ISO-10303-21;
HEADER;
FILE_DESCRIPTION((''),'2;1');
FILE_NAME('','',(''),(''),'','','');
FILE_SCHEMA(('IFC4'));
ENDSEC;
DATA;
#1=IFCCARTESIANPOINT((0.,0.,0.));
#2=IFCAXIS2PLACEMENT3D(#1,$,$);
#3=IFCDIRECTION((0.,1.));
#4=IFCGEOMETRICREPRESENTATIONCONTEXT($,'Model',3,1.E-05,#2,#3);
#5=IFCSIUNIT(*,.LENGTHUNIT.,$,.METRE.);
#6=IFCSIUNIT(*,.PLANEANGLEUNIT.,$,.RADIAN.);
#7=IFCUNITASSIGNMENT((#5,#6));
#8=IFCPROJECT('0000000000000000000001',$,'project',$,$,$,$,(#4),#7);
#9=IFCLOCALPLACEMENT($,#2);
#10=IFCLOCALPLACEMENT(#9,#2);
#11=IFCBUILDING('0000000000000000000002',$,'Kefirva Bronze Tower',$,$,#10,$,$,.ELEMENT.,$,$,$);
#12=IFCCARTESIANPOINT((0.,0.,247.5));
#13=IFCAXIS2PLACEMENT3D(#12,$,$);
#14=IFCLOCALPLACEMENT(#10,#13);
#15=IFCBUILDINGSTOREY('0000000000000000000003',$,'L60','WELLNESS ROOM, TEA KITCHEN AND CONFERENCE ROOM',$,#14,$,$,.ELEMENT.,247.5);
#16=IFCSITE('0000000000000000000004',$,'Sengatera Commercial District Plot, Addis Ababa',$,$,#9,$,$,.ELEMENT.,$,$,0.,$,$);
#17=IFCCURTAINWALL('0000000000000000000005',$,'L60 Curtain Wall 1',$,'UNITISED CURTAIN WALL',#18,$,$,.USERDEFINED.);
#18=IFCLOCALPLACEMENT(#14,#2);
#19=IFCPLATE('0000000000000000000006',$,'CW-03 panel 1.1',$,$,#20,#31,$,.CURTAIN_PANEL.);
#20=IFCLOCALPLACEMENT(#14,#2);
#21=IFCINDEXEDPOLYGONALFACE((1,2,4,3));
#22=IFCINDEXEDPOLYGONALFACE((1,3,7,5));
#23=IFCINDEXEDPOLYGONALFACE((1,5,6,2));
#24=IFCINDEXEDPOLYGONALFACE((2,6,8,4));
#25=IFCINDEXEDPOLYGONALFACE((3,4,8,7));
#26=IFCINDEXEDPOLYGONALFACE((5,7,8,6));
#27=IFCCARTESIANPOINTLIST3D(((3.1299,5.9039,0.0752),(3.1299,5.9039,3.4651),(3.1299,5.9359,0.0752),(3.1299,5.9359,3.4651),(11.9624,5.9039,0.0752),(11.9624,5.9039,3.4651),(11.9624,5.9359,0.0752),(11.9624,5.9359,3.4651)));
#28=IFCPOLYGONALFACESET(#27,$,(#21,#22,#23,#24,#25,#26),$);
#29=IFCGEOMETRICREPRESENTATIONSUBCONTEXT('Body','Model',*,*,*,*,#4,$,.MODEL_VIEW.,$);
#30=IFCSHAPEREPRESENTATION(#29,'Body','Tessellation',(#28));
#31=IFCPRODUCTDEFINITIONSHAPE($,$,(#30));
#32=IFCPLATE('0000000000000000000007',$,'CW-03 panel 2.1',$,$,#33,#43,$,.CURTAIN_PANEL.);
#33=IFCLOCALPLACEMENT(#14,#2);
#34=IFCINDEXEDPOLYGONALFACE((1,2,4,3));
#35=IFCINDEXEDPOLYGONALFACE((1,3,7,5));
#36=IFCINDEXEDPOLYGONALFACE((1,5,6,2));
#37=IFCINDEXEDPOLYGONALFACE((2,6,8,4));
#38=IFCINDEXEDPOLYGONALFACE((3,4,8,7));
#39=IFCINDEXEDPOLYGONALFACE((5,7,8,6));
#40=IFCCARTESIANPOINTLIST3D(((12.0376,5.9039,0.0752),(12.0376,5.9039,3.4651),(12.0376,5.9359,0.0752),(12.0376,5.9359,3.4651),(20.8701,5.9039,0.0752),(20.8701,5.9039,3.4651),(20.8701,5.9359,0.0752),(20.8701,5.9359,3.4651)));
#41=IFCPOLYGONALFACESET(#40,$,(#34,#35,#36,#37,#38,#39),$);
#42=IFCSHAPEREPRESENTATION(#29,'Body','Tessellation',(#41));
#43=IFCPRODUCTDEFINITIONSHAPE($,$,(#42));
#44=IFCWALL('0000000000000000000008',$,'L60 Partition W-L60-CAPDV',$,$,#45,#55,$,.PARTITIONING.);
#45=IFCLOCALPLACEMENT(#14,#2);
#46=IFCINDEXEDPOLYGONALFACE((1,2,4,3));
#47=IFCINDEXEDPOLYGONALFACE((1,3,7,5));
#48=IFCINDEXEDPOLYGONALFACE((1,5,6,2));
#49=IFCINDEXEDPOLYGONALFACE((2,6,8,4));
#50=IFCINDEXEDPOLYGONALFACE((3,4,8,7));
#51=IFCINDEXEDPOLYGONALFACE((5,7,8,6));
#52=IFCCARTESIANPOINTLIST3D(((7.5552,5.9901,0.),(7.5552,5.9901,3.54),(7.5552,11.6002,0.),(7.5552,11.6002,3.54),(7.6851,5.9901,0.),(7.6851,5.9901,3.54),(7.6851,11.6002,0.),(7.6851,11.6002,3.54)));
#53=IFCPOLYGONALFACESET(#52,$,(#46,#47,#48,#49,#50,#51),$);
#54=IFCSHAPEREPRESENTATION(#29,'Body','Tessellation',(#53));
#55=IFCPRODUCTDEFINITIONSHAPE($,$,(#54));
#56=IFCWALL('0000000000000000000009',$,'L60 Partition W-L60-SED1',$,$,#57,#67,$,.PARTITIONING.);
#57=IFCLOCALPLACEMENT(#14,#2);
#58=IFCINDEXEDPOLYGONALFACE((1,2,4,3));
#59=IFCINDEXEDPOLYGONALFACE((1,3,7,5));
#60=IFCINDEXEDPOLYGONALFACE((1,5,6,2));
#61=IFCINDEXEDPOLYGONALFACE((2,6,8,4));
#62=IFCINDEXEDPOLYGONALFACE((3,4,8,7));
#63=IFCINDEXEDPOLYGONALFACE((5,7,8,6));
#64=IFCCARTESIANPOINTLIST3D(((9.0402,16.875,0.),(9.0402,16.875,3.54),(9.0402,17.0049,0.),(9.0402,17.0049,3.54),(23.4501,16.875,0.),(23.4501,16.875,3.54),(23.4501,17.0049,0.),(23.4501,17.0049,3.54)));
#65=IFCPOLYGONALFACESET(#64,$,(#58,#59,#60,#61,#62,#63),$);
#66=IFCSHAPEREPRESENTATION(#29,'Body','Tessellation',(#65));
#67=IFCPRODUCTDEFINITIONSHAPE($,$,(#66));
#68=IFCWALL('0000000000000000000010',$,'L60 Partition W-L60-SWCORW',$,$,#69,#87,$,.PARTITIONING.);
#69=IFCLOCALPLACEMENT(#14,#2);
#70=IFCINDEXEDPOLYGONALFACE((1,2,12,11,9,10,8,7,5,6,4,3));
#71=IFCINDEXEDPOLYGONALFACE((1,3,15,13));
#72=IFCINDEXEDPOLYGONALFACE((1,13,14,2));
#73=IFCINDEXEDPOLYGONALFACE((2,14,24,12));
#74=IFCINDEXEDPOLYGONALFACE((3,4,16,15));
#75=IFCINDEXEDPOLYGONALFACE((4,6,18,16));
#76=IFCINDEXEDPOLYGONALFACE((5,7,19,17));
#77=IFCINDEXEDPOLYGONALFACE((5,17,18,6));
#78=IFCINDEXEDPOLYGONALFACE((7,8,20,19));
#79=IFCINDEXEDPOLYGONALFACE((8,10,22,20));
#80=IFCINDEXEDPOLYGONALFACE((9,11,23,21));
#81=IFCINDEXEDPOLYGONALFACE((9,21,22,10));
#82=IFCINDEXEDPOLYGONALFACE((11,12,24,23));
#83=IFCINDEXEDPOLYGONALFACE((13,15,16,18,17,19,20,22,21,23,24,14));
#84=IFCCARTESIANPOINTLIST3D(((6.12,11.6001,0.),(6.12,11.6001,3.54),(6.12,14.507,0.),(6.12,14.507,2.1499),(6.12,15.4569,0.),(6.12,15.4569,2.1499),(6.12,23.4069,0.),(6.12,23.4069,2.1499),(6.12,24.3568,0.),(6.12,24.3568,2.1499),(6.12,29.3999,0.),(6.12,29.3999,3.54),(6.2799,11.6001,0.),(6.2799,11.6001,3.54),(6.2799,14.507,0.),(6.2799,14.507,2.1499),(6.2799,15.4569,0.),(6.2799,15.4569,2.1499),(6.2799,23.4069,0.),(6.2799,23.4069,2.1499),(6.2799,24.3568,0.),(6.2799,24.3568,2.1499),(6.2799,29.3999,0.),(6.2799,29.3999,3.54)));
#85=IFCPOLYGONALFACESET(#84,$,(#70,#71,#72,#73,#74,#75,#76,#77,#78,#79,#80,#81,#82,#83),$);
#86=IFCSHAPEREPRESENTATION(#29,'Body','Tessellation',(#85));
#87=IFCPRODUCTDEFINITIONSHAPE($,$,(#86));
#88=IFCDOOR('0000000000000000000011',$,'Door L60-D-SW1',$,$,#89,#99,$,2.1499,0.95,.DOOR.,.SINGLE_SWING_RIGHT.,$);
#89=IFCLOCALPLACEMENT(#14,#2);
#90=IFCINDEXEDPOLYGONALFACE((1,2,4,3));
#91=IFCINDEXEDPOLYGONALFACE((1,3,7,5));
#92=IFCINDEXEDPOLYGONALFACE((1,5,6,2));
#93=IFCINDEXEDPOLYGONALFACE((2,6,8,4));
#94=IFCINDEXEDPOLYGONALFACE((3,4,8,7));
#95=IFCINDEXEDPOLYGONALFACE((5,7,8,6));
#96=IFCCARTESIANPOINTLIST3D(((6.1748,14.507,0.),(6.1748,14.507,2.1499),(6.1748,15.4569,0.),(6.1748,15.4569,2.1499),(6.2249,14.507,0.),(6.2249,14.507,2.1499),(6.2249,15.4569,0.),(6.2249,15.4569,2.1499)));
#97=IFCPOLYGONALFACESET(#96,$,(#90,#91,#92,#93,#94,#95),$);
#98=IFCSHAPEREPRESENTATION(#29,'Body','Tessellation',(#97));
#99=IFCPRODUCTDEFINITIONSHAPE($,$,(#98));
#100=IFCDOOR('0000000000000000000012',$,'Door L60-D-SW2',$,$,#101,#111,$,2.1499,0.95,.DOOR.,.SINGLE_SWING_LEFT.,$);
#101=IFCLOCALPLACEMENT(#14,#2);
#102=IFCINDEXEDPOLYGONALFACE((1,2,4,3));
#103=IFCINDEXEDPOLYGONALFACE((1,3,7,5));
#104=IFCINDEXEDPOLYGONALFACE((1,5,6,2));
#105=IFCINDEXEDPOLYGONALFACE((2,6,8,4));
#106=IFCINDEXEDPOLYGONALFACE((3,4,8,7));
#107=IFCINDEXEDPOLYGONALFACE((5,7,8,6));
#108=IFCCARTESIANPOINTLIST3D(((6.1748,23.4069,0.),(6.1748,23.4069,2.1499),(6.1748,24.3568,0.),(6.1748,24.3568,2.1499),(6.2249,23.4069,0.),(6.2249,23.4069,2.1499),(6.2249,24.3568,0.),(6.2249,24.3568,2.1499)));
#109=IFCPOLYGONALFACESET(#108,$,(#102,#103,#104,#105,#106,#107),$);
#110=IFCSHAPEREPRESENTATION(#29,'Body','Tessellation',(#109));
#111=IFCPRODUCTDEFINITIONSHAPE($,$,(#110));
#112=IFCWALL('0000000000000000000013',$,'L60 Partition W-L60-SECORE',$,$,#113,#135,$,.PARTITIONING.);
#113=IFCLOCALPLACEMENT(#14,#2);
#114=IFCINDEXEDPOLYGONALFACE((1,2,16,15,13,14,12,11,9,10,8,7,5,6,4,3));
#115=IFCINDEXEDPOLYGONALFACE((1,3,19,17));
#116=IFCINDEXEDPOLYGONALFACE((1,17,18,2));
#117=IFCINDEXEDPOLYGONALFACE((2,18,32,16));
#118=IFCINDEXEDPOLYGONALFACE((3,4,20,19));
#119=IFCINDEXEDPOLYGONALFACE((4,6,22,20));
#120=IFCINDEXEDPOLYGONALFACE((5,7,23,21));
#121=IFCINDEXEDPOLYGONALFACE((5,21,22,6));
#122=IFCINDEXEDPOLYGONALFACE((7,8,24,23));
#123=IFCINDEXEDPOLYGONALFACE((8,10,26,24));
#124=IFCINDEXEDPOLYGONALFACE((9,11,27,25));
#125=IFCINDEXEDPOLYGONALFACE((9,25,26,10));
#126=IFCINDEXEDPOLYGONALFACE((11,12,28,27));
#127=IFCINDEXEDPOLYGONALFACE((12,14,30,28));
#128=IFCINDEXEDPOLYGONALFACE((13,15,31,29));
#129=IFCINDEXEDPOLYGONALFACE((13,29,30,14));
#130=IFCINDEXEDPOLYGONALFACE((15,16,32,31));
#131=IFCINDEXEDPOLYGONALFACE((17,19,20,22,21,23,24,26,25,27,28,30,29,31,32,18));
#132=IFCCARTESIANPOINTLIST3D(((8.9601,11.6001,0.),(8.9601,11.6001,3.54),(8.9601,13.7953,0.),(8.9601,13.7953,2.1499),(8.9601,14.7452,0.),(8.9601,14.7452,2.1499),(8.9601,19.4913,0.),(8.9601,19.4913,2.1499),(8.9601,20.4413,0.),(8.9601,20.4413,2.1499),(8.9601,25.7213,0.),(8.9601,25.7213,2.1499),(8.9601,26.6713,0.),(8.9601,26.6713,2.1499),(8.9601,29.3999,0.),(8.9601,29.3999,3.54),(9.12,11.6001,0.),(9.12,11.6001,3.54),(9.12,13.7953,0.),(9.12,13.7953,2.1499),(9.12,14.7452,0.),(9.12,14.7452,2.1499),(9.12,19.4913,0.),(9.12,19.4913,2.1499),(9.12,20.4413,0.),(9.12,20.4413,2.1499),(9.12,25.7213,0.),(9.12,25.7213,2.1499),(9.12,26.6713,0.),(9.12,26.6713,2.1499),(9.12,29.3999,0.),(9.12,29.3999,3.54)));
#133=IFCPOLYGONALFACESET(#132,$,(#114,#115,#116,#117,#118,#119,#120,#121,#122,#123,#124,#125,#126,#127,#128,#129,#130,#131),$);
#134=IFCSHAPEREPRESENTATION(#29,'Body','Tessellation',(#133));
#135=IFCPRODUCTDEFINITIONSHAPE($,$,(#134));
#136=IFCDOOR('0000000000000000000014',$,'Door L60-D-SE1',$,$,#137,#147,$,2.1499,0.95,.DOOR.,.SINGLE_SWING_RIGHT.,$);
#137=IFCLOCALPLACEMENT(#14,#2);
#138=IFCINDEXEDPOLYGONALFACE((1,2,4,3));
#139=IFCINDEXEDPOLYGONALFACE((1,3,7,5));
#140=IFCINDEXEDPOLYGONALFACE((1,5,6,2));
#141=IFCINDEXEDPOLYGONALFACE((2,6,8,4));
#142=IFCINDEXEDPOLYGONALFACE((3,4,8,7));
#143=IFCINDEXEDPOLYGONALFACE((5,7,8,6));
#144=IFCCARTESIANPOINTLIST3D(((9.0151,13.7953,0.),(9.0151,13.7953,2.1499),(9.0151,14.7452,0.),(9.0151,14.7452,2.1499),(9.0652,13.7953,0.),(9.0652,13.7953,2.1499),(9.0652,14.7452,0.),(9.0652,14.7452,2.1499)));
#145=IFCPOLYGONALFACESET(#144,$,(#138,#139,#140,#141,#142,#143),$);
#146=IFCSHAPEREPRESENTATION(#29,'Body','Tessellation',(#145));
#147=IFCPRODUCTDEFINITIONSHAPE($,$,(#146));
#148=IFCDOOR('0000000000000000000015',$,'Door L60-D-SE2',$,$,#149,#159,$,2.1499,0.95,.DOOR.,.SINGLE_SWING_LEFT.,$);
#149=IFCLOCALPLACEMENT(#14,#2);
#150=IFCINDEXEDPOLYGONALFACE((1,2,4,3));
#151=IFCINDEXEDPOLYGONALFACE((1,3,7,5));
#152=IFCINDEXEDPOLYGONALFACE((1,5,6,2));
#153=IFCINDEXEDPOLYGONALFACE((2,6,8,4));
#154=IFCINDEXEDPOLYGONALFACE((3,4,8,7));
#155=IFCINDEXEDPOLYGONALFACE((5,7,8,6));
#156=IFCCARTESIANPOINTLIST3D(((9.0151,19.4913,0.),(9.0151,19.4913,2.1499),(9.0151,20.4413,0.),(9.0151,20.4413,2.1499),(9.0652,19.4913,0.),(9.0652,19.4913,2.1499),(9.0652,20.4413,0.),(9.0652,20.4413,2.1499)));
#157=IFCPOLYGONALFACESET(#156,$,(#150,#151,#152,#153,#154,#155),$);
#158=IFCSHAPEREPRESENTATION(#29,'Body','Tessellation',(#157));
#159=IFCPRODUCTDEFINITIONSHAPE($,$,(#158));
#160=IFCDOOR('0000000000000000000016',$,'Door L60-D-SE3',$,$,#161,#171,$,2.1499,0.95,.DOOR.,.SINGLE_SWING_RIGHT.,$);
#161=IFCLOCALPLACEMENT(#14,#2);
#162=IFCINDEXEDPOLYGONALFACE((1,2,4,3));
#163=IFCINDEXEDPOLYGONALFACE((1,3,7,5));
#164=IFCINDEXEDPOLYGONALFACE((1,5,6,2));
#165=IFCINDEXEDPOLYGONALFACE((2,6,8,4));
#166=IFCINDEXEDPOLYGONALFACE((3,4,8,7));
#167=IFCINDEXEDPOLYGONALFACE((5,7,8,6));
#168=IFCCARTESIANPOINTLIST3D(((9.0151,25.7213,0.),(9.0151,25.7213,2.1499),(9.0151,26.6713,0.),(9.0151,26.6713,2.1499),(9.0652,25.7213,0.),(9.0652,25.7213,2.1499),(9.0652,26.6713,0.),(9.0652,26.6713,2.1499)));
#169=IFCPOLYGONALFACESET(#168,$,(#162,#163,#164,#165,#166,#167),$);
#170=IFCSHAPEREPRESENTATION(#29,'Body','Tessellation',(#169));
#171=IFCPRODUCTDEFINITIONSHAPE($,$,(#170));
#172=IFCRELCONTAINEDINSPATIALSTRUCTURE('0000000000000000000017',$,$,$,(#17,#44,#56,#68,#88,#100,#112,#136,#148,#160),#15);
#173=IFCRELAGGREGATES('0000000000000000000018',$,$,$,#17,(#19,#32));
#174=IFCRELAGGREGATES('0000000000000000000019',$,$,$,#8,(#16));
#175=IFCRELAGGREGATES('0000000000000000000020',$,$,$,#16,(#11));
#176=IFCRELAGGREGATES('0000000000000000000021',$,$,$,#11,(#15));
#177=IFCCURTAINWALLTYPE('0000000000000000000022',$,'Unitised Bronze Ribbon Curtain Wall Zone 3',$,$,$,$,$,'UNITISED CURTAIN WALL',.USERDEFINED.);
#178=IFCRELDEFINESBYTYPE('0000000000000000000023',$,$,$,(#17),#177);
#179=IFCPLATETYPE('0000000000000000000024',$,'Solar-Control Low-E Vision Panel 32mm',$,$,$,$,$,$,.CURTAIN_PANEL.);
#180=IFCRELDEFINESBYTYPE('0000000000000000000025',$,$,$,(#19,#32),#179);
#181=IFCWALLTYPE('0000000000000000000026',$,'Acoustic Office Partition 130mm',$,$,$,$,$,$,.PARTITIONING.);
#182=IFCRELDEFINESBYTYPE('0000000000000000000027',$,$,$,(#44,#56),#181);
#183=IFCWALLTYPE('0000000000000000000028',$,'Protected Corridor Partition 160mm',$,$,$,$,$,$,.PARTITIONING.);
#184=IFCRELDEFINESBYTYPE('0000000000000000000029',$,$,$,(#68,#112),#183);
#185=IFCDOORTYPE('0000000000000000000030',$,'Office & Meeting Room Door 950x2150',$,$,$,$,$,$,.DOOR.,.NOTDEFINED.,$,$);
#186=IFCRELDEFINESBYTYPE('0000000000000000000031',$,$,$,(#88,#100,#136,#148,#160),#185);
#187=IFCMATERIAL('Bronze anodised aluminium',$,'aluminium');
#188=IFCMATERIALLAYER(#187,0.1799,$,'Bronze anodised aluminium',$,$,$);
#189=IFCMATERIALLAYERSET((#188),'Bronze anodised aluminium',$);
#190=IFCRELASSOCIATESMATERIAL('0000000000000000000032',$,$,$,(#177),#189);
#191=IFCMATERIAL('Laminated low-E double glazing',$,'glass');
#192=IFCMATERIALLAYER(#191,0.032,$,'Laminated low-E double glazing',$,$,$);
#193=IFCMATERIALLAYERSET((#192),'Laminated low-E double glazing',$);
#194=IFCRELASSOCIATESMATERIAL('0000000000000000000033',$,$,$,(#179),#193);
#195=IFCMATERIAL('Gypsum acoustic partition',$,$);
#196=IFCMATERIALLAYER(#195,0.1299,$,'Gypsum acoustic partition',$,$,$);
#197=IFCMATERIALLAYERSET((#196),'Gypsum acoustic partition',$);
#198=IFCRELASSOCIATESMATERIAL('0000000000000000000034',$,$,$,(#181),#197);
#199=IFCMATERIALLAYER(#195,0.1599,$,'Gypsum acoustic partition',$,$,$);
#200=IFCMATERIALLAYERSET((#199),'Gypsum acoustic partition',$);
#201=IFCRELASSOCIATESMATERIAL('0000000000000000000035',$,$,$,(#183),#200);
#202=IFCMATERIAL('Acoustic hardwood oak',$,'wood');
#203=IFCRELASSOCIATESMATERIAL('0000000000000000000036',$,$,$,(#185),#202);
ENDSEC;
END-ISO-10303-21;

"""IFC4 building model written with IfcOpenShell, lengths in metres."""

from ifc_helpers import new_model, si_unit, direction, frame, frame_2d, origin, origin_2d, place, context, subcontext, project, spatial, rectangle, extrude, material, layer, layer_set, type_object, element, fill, aggregate, save


model = new_model("IFC4")

# Units and contexts
model_context = context("Model", 3, precision=1e-05, world=origin(), true_north=direction((0.0, 1.0)))
body_context = subcontext(model_context, "Body", "Model", "MODEL_VIEW")
ifc_project = project(units=[si_unit("LENGTHUNIT", "METRE"), si_unit("PLANEANGLEUNIT", "RADIAN")], contexts=[model_context])

# Site, building, storey
site_placement = place(None, origin())
site = spatial("IfcSite", under=ifc_project, at=site_placement, Name="Sengatera Commercial District Plot, Addis Ababa", CompositionType="ELEMENT", RefElevation=0.0)
building_placement = place(site_placement, origin())
building = spatial("IfcBuilding", under=site, at=building_placement, Name="Kefirva Bronze Tower", CompositionType="ELEMENT")
storey_placement = place(building_placement, frame((0.0, 0.0, 247.5)))
storey = spatial("IfcBuildingStorey", under=building, at=storey_placement, Name="L60", Description="WELLNESS ROOM, TEA KITCHEN AND CONFERENCE ROOM", CompositionType="ELEMENT", Elevation=247.5)

# Curtain wall
ifc_material_1 = material(Name="Bronze anodised aluminium", Category="aluminium")
ifc_layer_1 = layer(ifc_material_1, 0.1799, Name="Bronze anodised aluminium")
ifc_layer_set_1 = layer_set([ifc_layer_1], Name="Bronze anodised aluminium")
curtain_wall_type = type_object("IfcCurtainWallType", Name="Unitised Bronze Ribbon Curtain Wall Zone 3", ElementType="UNITISED CURTAIN WALL", PredefinedType="USERDEFINED", material=ifc_layer_set_1)
curtain_wall_placement = place(storey_placement, origin())
curtain_wall = element("IfcCurtainWall", 1, at=curtain_wall_placement, inside=storey, type_object=curtain_wall_type, Name="L60 Curtain Wall 1", ObjectType="UNITISED CURTAIN WALL", PredefinedType="USERDEFINED")

# Plates
ifc_material_2 = material(Name="Laminated low-E double glazing", Category="glass")
ifc_layer_2 = layer(ifc_material_2, 0.032, Name="Laminated low-E double glazing")
ifc_layer_set_2 = layer_set([ifc_layer_2], Name="Laminated low-E double glazing")
plate_type = type_object("IfcPlateType", Name="Solar-Control Low-E Vision Panel 32mm", PredefinedType="CURTAIN_PANEL", material=ifc_layer_set_2)
plate_1_placement = place(storey_placement, frame((7.5461, 5.9199, 0.0752), z_axis=(0.0, 0.0, 1.0), x_axis=(1.0, 0.0, 0.0)))
plate_1 = element("IfcPlate", 2, at=plate_1_placement, type_object=plate_type, Name="CW-03 panel 1.1", PredefinedType="CURTAIN_PANEL", context=body_context, shape_type="SweptSolid", body=[
    extrude(rectangle(XDim=8.8325, YDim=0.032, at=origin_2d()), origin(), (0.0, 0.0, 1.0), 3.3899),
])
plate_2_placement = place(storey_placement, frame((16.4539, 5.9199, 0.0752), z_axis=(0.0, 0.0, 1.0), x_axis=(1.0, 0.0, 0.0)))
plate_2 = element("IfcPlate", 3, at=plate_2_placement, type_object=plate_type, Name="CW-03 panel 2.1", PredefinedType="CURTAIN_PANEL", context=body_context, shape_type="SweptSolid", body=[
    extrude(rectangle(XDim=8.8325, YDim=0.032, at=origin_2d()), origin(), (0.0, 0.0, 1.0), 3.3899),
])
aggregate(curtain_wall, [plate_1, plate_2])

# Walls
ifc_material_3 = material(Name="Gypsum acoustic partition")
ifc_layer_3 = layer(ifc_material_3, 0.1299, Name="Gypsum acoustic partition")
ifc_layer_set_3 = layer_set([ifc_layer_3], Name="Gypsum acoustic partition")
wall_type_1 = type_object("IfcWallType", Name="Acoustic Office Partition 130mm", PredefinedType="PARTITIONING", material=ifc_layer_set_3)
wall_1_placement = place(storey_placement, frame((7.6201, 5.99, 0.0), z_axis=(0.0, 0.0, 1.0), x_axis=(0.0, 1.0, 0.0)))
element("IfcWall", 4, at=wall_1_placement, inside=storey, type_object=wall_type_1, Name="L60 Partition W-L60-CAPDV", PredefinedType="PARTITIONING", context=body_context, shape_type="SweptSolid", body=[
    extrude(rectangle(XDim=5.6101, YDim=0.1299, at=frame_2d((2.8052, 0.0))), origin(), (0.0, 0.0, 1.0), 3.54),
])
wall_2_placement = place(storey_placement, frame((9.04, 16.9399, 0.0), z_axis=(0.0, 0.0, 1.0), x_axis=(1.0, 0.0, 0.0)))
element("IfcWall", 5, at=wall_2_placement, inside=storey, type_object=wall_type_1, Name="L60 Partition W-L60-SED1", PredefinedType="PARTITIONING", context=body_context, shape_type="SweptSolid", body=[
    extrude(rectangle(XDim=14.4099, YDim=0.1299, at=frame_2d((7.2051, 0.0))), origin(), (0.0, 0.0, 1.0), 3.54),
])

# Walls, openings, doors
ifc_layer_4 = layer(ifc_material_3, 0.1599, Name="Gypsum acoustic partition")
ifc_layer_set_4 = layer_set([ifc_layer_4], Name="Gypsum acoustic partition")
wall_type_2 = type_object("IfcWallType", Name="Protected Corridor Partition 160mm", PredefinedType="PARTITIONING", material=ifc_layer_set_4)
wall_3_placement = place(storey_placement, frame((6.2, 11.6001, 0.0), z_axis=(0.0, 0.0, 1.0), x_axis=(0.0, 1.0, 0.0)))
wall_3 = element("IfcWall", 6, at=wall_3_placement, inside=storey, type_object=wall_type_2, Name="L60 Partition W-L60-SWCORW", PredefinedType="PARTITIONING", context=body_context, shape_type="SweptSolid", body=[
    extrude(rectangle(XDim=17.7998, YDim=0.1599, at=frame_2d((8.8999, 0.0))), origin(), (0.0, 0.0, 1.0), 3.54),
])
opening_1_placement = place(wall_3_placement, frame((3.8569, 0.0, 0.0), z_axis=(0.0, 0.0, 1.0), x_axis=(-1.0, 0.0, 0.0)))
opening_1 = element("IfcOpeningElement", 7, at=opening_1_placement, cuts=wall_3, PredefinedType="OPENING", context=body_context, shape_type="SweptSolid", body=[
    extrude(rectangle(XDim=0.95, YDim=2.1499, at=frame_2d((0.4751, 1.075))), frame((0.0, 0.0898, 0.0), z_axis=(0.0, -1.0, 0.0), x_axis=(1.0, 0.0, 0.0)), (0.0, 0.0, 1.0), 0.1799),
])
opening_2_placement = place(wall_3_placement, frame((12.7568, 0.0, 0.0), z_axis=(0.0, 0.0, 1.0), x_axis=(-1.0, 0.0, 0.0)))
opening_2 = element("IfcOpeningElement", 8, at=opening_2_placement, cuts=wall_3, PredefinedType="OPENING", context=body_context, shape_type="SweptSolid", body=[
    extrude(rectangle(XDim=0.95, YDim=2.1499, at=frame_2d((0.4751, 1.075))), frame((0.0, 0.0898, 0.0), z_axis=(0.0, -1.0, 0.0), x_axis=(1.0, 0.0, 0.0)), (0.0, 0.0, 1.0), 0.1799),
])
ifc_material_4 = material(Name="Acoustic hardwood oak", Category="wood")
door_type = type_object("IfcDoorType", Name="Office & Meeting Room Door 950x2150", OperationType="NOTDEFINED", PredefinedType="DOOR", material=ifc_material_4)
door_1_placement = place(opening_1_placement, origin())
door_1 = element("IfcDoor", 9, at=door_1_placement, inside=storey, type_object=door_type, Name="Door L60-D-SW1", OperationType="SINGLE_SWING_RIGHT", OverallHeight=2.1499, OverallWidth=0.95, PredefinedType="DOOR", context=body_context, shape_type="SweptSolid", body=[
    extrude(rectangle(XDim=0.95, YDim=2.1499, at=frame_2d((0.4751, 1.075))), frame((0.0, 0.0249, 0.0), z_axis=(0.0, -1.0, 0.0), x_axis=(1.0, 0.0, 0.0)), (0.0, 0.0, 1.0), 0.05),
])
fill(opening_1, door_1)
door_2_placement = place(opening_2_placement, origin())
door_2 = element("IfcDoor", 10, at=door_2_placement, inside=storey, type_object=door_type, Name="Door L60-D-SW2", OperationType="SINGLE_SWING_LEFT", OverallHeight=2.1499, OverallWidth=0.95, PredefinedType="DOOR", context=body_context, shape_type="SweptSolid", body=[
    extrude(rectangle(XDim=0.95, YDim=2.1499, at=frame_2d((0.4751, 1.075))), frame((0.0, 0.0249, 0.0), z_axis=(0.0, -1.0, 0.0), x_axis=(1.0, 0.0, 0.0)), (0.0, 0.0, 1.0), 0.05),
])
fill(opening_2, door_2)
wall_4_placement = place(storey_placement, frame((9.04, 11.6001, 0.0), z_axis=(0.0, 0.0, 1.0), x_axis=(0.0, 1.0, 0.0)))
wall_4 = element("IfcWall", 11, at=wall_4_placement, inside=storey, type_object=wall_type_2, Name="L60 Partition W-L60-SECORE", PredefinedType="PARTITIONING", context=body_context, shape_type="SweptSolid", body=[
    extrude(rectangle(XDim=17.7998, YDim=0.1599, at=frame_2d((8.8999, 0.0))), origin(), (0.0, 0.0, 1.0), 3.54),
])
opening_3_placement = place(wall_4_placement, frame((2.1951, 0.0, 0.0)))
opening_3 = element("IfcOpeningElement", 12, at=opening_3_placement, cuts=wall_4, PredefinedType="OPENING", context=body_context, shape_type="SweptSolid", body=[
    extrude(rectangle(XDim=0.95, YDim=2.1499, at=frame_2d((0.4751, 1.075))), frame((0.0, 0.0898, 0.0), z_axis=(0.0, -1.0, 0.0), x_axis=(1.0, 0.0, 0.0)), (0.0, 0.0, 1.0), 0.1799),
])
opening_4_placement = place(wall_4_placement, frame((7.8911, 0.0, 0.0)))
opening_4 = element("IfcOpeningElement", 13, at=opening_4_placement, cuts=wall_4, PredefinedType="OPENING", context=body_context, shape_type="SweptSolid", body=[
    extrude(rectangle(XDim=0.95, YDim=2.1499, at=frame_2d((0.4751, 1.075))), frame((0.0, 0.0898, 0.0), z_axis=(0.0, -1.0, 0.0), x_axis=(1.0, 0.0, 0.0)), (0.0, 0.0, 1.0), 0.1799),
])
opening_5_placement = place(wall_4_placement, frame((14.1211, 0.0, 0.0)))
opening_5 = element("IfcOpeningElement", 14, at=opening_5_placement, cuts=wall_4, PredefinedType="OPENING", context=body_context, shape_type="SweptSolid", body=[
    extrude(rectangle(XDim=0.95, YDim=2.1499, at=frame_2d((0.4751, 1.075))), frame((0.0, 0.0898, 0.0), z_axis=(0.0, -1.0, 0.0), x_axis=(1.0, 0.0, 0.0)), (0.0, 0.0, 1.0), 0.1799),
])
door_3_placement = place(opening_3_placement, origin())
door_3 = element("IfcDoor", 15, at=door_3_placement, inside=storey, type_object=door_type, Name="Door L60-D-SE1", OperationType="SINGLE_SWING_RIGHT", OverallHeight=2.1499, OverallWidth=0.95, PredefinedType="DOOR", context=body_context, shape_type="SweptSolid", body=[
    extrude(rectangle(XDim=0.95, YDim=2.1499, at=frame_2d((0.4751, 1.075))), frame((0.0, 0.0249, 0.0), z_axis=(0.0, -1.0, 0.0), x_axis=(1.0, 0.0, 0.0)), (0.0, 0.0, 1.0), 0.05),
])
fill(opening_3, door_3)
door_4_placement = place(opening_4_placement, origin())
door_4 = element("IfcDoor", 16, at=door_4_placement, inside=storey, type_object=door_type, Name="Door L60-D-SE2", OperationType="SINGLE_SWING_LEFT", OverallHeight=2.1499, OverallWidth=0.95, PredefinedType="DOOR", context=body_context, shape_type="SweptSolid", body=[
    extrude(rectangle(XDim=0.95, YDim=2.1499, at=frame_2d((0.4751, 1.075))), frame((0.0, 0.0249, 0.0), z_axis=(0.0, -1.0, 0.0), x_axis=(1.0, 0.0, 0.0)), (0.0, 0.0, 1.0), 0.05),
])
fill(opening_4, door_4)
door_5_placement = place(opening_5_placement, origin())
door_5 = element("IfcDoor", 17, at=door_5_placement, inside=storey, type_object=door_type, Name="Door L60-D-SE3", OperationType="SINGLE_SWING_RIGHT", OverallHeight=2.1499, OverallWidth=0.95, PredefinedType="DOOR", context=body_context, shape_type="SweptSolid", body=[
    extrude(rectangle(XDim=0.95, YDim=2.1499, at=frame_2d((0.4751, 1.075))), frame((0.0, 0.0249, 0.0), z_axis=(0.0, -1.0, 0.0), x_axis=(1.0, 0.0, 0.0)), (0.0, 0.0, 1.0), 0.05),
])
fill(opening_5, door_5)

save(model, "model.ifc")
